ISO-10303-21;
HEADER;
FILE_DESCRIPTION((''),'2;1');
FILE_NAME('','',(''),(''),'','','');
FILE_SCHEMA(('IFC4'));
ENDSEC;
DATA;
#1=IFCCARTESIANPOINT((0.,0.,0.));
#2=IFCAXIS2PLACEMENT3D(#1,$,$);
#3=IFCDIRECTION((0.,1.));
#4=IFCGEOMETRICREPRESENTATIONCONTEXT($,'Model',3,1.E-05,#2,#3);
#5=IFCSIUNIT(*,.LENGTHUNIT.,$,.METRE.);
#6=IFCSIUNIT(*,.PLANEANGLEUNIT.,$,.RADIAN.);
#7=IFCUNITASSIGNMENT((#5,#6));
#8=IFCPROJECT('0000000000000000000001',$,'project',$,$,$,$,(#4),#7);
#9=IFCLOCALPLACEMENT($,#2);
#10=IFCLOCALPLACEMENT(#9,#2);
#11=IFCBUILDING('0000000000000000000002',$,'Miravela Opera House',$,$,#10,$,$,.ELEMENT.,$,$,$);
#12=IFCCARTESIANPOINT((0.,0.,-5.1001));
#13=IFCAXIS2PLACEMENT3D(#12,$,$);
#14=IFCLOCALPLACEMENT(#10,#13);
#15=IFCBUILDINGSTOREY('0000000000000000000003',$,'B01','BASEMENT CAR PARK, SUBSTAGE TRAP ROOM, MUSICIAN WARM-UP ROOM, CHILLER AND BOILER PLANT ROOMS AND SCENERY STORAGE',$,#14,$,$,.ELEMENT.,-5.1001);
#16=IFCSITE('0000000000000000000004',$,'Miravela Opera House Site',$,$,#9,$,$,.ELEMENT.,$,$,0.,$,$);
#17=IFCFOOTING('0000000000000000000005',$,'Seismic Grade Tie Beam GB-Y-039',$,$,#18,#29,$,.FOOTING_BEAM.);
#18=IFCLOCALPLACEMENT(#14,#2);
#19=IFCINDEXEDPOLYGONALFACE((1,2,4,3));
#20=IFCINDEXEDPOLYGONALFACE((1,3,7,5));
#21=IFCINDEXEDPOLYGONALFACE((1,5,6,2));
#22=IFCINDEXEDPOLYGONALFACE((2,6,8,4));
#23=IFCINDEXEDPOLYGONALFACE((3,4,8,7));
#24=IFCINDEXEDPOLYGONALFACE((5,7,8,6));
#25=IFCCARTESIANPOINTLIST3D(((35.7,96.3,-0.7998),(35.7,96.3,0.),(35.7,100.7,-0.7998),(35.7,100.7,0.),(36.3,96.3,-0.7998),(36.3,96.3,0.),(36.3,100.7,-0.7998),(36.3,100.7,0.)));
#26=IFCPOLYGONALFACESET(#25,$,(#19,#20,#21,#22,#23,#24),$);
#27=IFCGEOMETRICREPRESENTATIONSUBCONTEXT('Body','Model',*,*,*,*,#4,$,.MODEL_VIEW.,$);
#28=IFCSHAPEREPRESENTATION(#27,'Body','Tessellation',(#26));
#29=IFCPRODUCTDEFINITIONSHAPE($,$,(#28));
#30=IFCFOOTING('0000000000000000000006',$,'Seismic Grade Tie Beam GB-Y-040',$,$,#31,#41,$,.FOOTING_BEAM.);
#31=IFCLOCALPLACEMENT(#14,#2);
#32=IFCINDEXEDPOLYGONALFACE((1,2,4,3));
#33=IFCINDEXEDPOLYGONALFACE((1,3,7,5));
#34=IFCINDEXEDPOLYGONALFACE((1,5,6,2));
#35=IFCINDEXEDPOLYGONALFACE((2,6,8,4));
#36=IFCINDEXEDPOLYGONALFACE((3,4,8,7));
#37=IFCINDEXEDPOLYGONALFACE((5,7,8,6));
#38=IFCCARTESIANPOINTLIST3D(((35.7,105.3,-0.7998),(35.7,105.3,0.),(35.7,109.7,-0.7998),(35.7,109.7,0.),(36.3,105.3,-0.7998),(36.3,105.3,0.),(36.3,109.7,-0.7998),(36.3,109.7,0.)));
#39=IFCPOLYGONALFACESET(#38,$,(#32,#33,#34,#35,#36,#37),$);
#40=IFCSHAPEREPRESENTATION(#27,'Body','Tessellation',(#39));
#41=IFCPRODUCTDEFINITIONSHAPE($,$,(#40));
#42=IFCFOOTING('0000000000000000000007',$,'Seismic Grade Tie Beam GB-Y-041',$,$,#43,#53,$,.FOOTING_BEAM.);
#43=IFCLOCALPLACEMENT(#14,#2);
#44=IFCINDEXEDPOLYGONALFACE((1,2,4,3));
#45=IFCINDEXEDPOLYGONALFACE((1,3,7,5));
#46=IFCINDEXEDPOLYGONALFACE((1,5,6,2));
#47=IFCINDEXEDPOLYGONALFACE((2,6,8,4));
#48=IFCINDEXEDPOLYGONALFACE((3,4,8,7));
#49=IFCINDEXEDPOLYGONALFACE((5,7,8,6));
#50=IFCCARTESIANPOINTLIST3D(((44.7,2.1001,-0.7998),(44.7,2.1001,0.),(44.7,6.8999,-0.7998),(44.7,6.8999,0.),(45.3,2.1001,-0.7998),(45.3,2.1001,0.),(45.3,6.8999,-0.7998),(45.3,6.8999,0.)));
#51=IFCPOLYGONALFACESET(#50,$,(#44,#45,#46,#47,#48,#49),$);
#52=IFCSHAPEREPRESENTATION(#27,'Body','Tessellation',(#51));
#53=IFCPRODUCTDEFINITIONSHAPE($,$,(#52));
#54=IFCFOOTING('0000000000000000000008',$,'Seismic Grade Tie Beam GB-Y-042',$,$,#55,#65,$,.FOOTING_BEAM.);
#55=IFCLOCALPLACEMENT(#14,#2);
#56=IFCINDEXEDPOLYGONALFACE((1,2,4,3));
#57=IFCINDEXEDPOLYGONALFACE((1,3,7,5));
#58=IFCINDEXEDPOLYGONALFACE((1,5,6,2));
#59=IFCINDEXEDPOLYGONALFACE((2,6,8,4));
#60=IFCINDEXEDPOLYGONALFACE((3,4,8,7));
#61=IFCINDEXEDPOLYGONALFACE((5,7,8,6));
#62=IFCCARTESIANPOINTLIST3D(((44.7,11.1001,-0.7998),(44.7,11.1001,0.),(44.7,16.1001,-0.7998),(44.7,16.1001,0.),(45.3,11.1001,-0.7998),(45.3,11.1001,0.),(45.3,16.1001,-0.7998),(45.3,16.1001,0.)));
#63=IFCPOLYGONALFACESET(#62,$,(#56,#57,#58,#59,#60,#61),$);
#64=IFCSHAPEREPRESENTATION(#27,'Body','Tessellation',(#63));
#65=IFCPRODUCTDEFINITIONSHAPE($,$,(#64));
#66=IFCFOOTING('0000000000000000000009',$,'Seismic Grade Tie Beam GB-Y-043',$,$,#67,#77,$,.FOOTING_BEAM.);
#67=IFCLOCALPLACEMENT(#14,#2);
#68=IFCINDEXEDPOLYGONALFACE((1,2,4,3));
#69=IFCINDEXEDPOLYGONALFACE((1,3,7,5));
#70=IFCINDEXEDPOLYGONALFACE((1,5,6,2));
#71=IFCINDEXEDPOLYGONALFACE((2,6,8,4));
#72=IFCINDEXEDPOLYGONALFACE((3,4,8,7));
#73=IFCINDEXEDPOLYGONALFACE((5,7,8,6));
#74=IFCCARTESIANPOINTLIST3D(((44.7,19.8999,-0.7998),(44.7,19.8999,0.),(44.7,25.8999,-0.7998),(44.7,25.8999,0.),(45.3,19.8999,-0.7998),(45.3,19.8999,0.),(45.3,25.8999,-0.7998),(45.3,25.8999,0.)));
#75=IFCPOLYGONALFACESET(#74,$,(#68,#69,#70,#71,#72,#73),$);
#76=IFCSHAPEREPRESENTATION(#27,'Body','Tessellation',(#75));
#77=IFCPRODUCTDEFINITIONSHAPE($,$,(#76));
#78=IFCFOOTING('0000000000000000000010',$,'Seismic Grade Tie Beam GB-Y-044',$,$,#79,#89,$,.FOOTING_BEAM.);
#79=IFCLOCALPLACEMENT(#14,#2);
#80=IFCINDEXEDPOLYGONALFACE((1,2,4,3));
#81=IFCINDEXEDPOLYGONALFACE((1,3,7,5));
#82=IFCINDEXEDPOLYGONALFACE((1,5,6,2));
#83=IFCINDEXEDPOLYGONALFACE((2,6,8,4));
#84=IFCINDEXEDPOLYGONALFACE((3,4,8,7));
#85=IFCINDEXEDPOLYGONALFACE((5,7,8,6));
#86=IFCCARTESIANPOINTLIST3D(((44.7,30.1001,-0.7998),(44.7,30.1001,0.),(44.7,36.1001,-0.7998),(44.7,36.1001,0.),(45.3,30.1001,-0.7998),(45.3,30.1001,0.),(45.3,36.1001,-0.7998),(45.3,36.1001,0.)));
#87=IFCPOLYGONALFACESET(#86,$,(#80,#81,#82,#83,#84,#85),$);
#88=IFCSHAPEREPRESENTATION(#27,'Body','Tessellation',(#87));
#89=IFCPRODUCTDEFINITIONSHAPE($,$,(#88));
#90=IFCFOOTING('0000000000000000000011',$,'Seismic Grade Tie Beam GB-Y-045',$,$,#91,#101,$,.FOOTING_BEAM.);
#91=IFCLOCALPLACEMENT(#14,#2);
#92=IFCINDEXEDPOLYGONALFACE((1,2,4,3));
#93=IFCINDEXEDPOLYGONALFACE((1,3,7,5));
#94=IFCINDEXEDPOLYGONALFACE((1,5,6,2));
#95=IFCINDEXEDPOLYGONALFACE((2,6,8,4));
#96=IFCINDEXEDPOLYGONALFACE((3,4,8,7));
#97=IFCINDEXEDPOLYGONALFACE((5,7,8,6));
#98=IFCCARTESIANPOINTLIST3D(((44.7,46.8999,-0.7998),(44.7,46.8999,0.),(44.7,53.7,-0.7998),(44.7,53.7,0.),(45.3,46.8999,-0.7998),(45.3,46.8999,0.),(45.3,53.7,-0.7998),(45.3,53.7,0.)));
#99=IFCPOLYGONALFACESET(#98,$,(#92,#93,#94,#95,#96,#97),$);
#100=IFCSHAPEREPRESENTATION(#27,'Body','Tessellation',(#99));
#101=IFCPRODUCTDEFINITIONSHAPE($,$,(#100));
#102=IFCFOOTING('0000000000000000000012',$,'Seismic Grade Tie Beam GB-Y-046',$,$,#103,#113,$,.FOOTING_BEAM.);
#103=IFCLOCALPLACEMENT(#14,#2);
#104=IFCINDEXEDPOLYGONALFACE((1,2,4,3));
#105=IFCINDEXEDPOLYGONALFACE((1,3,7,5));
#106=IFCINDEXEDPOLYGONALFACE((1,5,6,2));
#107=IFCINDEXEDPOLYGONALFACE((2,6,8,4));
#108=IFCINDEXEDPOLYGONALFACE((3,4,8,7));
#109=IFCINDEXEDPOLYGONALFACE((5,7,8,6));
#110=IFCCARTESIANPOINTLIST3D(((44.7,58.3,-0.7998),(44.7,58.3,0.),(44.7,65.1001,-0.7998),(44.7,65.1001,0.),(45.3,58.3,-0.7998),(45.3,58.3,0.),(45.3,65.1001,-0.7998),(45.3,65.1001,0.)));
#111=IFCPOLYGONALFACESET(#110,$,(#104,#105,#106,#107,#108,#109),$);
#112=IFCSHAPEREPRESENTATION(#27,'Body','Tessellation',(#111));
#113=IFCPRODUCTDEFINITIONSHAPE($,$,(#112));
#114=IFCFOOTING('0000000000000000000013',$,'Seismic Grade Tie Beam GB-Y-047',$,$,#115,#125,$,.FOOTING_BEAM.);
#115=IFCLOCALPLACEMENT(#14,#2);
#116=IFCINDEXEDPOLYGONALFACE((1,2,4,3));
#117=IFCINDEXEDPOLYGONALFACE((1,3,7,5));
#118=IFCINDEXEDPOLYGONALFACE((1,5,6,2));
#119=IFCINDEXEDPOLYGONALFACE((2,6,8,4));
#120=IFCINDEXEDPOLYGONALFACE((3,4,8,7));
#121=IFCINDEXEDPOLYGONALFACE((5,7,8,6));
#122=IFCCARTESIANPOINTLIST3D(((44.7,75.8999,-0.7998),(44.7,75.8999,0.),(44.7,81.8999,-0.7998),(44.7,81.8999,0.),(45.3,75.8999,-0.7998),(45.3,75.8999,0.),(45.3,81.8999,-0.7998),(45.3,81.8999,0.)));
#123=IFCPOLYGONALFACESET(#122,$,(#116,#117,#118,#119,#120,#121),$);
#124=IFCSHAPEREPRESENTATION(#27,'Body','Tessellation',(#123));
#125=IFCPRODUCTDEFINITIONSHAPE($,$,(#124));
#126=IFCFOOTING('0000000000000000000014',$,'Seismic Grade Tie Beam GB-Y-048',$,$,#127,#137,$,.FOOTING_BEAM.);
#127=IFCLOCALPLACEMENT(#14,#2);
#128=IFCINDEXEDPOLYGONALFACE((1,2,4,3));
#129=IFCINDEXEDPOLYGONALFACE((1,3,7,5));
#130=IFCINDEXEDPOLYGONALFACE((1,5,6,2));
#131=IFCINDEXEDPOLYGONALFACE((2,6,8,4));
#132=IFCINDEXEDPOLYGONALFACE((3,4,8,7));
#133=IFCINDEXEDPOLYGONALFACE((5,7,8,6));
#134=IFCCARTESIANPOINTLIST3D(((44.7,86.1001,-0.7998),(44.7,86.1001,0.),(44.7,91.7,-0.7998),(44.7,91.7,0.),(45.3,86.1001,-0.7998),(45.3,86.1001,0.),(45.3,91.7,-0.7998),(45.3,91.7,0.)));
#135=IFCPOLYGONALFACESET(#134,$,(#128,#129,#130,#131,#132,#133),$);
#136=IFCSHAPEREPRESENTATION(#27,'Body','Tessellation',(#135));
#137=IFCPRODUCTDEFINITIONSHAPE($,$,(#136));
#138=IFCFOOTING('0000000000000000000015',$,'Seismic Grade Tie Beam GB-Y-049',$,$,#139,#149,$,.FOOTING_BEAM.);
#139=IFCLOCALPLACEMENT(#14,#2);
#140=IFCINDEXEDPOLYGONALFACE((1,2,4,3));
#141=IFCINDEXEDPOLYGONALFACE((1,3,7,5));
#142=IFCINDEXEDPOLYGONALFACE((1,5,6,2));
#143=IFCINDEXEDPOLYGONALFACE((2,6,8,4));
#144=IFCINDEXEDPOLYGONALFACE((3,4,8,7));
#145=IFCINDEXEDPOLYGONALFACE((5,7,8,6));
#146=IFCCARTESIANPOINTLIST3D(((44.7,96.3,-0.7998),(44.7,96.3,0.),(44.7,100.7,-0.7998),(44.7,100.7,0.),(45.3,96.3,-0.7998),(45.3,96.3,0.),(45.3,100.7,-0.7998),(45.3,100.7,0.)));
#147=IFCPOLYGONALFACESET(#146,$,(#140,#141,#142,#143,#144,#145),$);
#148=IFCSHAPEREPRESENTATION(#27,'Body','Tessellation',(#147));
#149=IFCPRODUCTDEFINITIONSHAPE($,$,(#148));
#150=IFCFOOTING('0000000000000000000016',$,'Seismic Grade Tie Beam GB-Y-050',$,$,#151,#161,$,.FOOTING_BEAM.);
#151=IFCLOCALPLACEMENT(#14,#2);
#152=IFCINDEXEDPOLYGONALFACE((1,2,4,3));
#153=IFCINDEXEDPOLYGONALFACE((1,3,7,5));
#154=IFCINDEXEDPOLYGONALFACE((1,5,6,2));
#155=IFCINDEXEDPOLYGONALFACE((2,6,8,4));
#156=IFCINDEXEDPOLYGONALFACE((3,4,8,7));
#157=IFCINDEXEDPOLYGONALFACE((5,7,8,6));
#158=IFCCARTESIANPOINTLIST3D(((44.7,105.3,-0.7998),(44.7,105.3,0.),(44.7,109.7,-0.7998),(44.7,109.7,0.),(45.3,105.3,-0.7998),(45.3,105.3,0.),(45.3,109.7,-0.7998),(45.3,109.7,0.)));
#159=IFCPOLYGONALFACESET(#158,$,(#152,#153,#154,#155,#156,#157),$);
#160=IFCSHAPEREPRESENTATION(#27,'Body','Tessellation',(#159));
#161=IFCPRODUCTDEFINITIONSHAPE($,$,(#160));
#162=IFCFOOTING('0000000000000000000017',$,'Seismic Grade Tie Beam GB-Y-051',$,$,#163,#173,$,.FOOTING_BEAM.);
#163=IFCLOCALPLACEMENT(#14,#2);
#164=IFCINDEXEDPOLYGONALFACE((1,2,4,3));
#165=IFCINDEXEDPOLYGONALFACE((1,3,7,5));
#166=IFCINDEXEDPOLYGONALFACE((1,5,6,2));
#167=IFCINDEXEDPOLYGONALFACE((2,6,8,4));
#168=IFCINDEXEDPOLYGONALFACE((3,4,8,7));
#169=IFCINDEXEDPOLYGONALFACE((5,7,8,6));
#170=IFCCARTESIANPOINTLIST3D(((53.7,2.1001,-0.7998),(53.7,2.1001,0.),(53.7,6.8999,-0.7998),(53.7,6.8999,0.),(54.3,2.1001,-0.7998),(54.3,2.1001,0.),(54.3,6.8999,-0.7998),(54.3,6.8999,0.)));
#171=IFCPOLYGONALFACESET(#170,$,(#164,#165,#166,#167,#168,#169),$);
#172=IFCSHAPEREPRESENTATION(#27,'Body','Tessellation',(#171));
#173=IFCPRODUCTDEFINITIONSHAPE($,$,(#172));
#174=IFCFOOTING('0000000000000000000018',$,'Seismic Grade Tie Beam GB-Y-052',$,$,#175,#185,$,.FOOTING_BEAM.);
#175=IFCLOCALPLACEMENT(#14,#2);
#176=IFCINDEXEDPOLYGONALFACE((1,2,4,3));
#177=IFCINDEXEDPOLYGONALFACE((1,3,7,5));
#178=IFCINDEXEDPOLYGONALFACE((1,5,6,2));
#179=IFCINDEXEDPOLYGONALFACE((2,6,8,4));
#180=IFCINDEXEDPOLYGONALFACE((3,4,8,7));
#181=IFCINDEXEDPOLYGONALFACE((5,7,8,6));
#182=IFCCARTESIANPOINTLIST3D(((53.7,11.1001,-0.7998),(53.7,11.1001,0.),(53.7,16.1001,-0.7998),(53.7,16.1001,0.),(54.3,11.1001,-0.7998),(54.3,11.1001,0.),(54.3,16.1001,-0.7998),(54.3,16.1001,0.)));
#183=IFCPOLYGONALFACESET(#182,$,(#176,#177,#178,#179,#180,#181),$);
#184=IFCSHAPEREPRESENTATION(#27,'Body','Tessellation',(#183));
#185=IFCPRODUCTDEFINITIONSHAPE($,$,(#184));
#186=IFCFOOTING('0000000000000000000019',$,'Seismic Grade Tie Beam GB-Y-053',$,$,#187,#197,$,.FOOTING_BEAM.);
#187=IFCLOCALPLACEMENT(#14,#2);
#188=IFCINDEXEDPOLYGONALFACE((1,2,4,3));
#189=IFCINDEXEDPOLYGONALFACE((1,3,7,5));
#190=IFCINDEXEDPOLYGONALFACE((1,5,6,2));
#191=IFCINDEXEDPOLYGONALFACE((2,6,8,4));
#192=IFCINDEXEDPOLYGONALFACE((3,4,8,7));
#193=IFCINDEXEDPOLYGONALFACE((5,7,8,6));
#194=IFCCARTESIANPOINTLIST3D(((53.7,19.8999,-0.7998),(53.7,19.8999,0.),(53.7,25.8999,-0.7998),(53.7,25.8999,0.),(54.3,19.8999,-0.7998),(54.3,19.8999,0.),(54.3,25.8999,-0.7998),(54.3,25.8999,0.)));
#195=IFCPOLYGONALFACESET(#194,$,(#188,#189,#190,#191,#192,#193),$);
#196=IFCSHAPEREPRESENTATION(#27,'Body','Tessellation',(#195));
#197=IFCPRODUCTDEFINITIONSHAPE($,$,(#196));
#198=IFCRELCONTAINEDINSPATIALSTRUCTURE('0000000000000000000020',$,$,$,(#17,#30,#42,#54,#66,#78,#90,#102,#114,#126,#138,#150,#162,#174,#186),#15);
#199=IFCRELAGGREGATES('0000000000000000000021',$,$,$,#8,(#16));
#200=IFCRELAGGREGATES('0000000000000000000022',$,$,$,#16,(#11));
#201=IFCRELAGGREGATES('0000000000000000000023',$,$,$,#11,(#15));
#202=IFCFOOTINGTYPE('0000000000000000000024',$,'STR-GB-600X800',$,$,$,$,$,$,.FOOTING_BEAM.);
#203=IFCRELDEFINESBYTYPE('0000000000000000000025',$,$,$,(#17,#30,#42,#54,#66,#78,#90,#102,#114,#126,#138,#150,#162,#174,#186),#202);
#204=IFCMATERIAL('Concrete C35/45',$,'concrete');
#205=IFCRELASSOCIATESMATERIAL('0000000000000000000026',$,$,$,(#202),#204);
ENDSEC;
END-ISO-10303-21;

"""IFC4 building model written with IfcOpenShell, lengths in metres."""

from ifc_helpers import new_model, si_unit, direction, frame, origin, place, context, subcontext, project, spatial, polyline, outline, extrude, material, type_object, element, save


model = new_model("IFC4")

# Units and contexts
model_context = context("Model", 3, precision=1e-05, world=origin(), true_north=direction((0.0, 1.0)))
body_context = subcontext(model_context, "Body", "Model", "MODEL_VIEW")
ifc_project = project(units=[si_unit("LENGTHUNIT", "METRE"), si_unit("PLANEANGLEUNIT", "RADIAN")], contexts=[model_context])

# Site, building, storey
site_placement = place(None, origin())
site = spatial("IfcSite", under=ifc_project, at=site_placement, Name="Miravela Opera House Site", CompositionType="ELEMENT", RefElevation=0.0)
building_placement = place(site_placement, origin())
building = spatial("IfcBuilding", under=site, at=building_placement, Name="Miravela Opera House", CompositionType="ELEMENT")
storey_placement = place(building_placement, frame((0.0, 0.0, -5.1001)))
storey = spatial("IfcBuildingStorey", under=building, at=storey_placement, Name="B01", Description="BASEMENT CAR PARK, SUBSTAGE TRAP ROOM, MUSICIAN WARM-UP ROOM, CHILLER AND BOILER PLANT ROOMS AND SCENERY STORAGE", CompositionType="ELEMENT", Elevation=-5.1001)

# Footings
ifc_material = material(Name="Concrete C35/45", Category="concrete")
footing_type = type_object("IfcFootingType", Name="STR-GB-600X800", PredefinedType="FOOTING_BEAM", material=ifc_material)
footing_1_placement = place(storey_placement, frame((0.0, 0.0, -0.7998)))
element("IfcFooting", 1, at=footing_1_placement, inside=storey, type_object=footing_type, Name="Seismic Grade Tie Beam GB-Y-039", PredefinedType="FOOTING_BEAM", context=body_context, shape_type="SweptSolid", body=[
    extrude(outline(polyline([(35.7, 96.3), (36.3, 96.3), (36.3, 100.7), (35.7, 100.7), (35.7, 96.3)])), origin(), (0.0, 0.0, 1.0), 0.7998),
])
footing_2_placement = place(storey_placement, frame((0.0, 0.0, -0.7998)))
element("IfcFooting", 2, at=footing_2_placement, inside=storey, type_object=footing_type, Name="Seismic Grade Tie Beam GB-Y-040", PredefinedType="FOOTING_BEAM", context=body_context, shape_type="SweptSolid", body=[
    extrude(outline(polyline([(35.7, 105.3), (36.3, 105.3), (36.3, 109.7), (35.7, 109.7), (35.7, 105.3)])), origin(), (0.0, 0.0, 1.0), 0.7998),
])
footing_3_placement = place(storey_placement, frame((0.0, 0.0, -0.7998)))
element("IfcFooting", 3, at=footing_3_placement, inside=storey, type_object=footing_type, Name="Seismic Grade Tie Beam GB-Y-041", PredefinedType="FOOTING_BEAM", context=body_context, shape_type="SweptSolid", body=[
    extrude(outline(polyline([(44.7, 2.1001), (45.3, 2.1001), (45.3, 6.8999), (44.7, 6.8999), (44.7, 2.1001)])), origin(), (0.0, 0.0, 1.0), 0.7998),
])
footing_4_placement = place(storey_placement, frame((0.0, 0.0, -0.7998)))
element("IfcFooting", 4, at=footing_4_placement, inside=storey, type_object=footing_type, Name="Seismic Grade Tie Beam GB-Y-042", PredefinedType="FOOTING_BEAM", context=body_context, shape_type="SweptSolid", body=[
    extrude(outline(polyline([(44.7, 11.1001), (45.3, 11.1001), (45.3, 16.1001), (44.7, 16.1001), (44.7, 11.1001)])), origin(), (0.0, 0.0, 1.0), 0.7998),
])
footing_5_placement = place(storey_placement, frame((0.0, 0.0, -0.7998)))
element("IfcFooting", 5, at=footing_5_placement, inside=storey, type_object=footing_type, Name="Seismic Grade Tie Beam GB-Y-043", PredefinedType="FOOTING_BEAM", context=body_context, shape_type="SweptSolid", body=[
    extrude(outline(polyline([(44.7, 19.8999), (45.3, 19.8999), (45.3, 25.8999), (44.7, 25.8999), (44.7, 19.8999)])), origin(), (0.0, 0.0, 1.0), 0.7998),
])
footing_6_placement = place(storey_placement, frame((0.0, 0.0, -0.7998)))
element("IfcFooting", 6, at=footing_6_placement, inside=storey, type_object=footing_type, Name="Seismic Grade Tie Beam GB-Y-044", PredefinedType="FOOTING_BEAM", context=body_context, shape_type="SweptSolid", body=[
    extrude(outline(polyline([(44.7, 30.1001), (45.3, 30.1001), (45.3, 36.1001), (44.7, 36.1001), (44.7, 30.1001)])), origin(), (0.0, 0.0, 1.0), 0.7998),
])
footing_7_placement = place(storey_placement, frame((0.0, 0.0, -0.7998)))
element("IfcFooting", 7, at=footing_7_placement, inside=storey, type_object=footing_type, Name="Seismic Grade Tie Beam GB-Y-045", PredefinedType="FOOTING_BEAM", context=body_context, shape_type="SweptSolid", body=[
    extrude(outline(polyline([(44.7, 46.8999), (45.3, 46.8999), (45.3, 53.7), (44.7, 53.7), (44.7, 46.8999)])), origin(), (0.0, 0.0, 1.0), 0.7998),
])
footing_8_placement = place(storey_placement, frame((0.0, 0.0, -0.7998)))
element("IfcFooting", 8, at=footing_8_placement, inside=storey, type_object=footing_type, Name="Seismic Grade Tie Beam GB-Y-046", PredefinedType="FOOTING_BEAM", context=body_context, shape_type="SweptSolid", body=[
    extrude(outline(polyline([(44.7, 58.3), (45.3, 58.3), (45.3, 65.1001), (44.7, 65.1001), (44.7, 58.3)])), origin(), (0.0, 0.0, 1.0), 0.7998),
])
footing_9_placement = place(storey_placement, frame((0.0, 0.0, -0.7998)))
element("IfcFooting", 9, at=footing_9_placement, inside=storey, type_object=footing_type, Name="Seismic Grade Tie Beam GB-Y-047", PredefinedType="FOOTING_BEAM", context=body_context, shape_type="SweptSolid", body=[
    extrude(outline(polyline([(44.7, 75.8999), (45.3, 75.8999), (45.3, 81.8999), (44.7, 81.8999), (44.7, 75.8999)])), origin(), (0.0, 0.0, 1.0), 0.7998),
])
footing_10_placement = place(storey_placement, frame((0.0, 0.0, -0.7998)))
element("IfcFooting", 10, at=footing_10_placement, inside=storey, type_object=footing_type, Name="Seismic Grade Tie Beam GB-Y-048", PredefinedType="FOOTING_BEAM", context=body_context, shape_type="SweptSolid", body=[
    extrude(outline(polyline([(44.7, 86.1001), (45.3, 86.1001), (45.3, 91.7), (44.7, 91.7), (44.7, 86.1001)])), origin(), (0.0, 0.0, 1.0), 0.7998),
])
footing_11_placement = place(storey_placement, frame((0.0, 0.0, -0.7998)))
element("IfcFooting", 11, at=footing_11_placement, inside=storey, type_object=footing_type, Name="Seismic Grade Tie Beam GB-Y-049", PredefinedType="FOOTING_BEAM", context=body_context, shape_type="SweptSolid", body=[
    extrude(outline(polyline([(44.7, 96.3), (45.3, 96.3), (45.3, 100.7), (44.7, 100.7), (44.7, 96.3)])), origin(), (0.0, 0.0, 1.0), 0.7998),
])
footing_12_placement = place(storey_placement, frame((0.0, 0.0, -0.7998)))
element("IfcFooting", 12, at=footing_12_placement, inside=storey, type_object=footing_type, Name="Seismic Grade Tie Beam GB-Y-050", PredefinedType="FOOTING_BEAM", context=body_context, shape_type="SweptSolid", body=[
    extrude(outline(polyline([(44.7, 105.3), (45.3, 105.3), (45.3, 109.7), (44.7, 109.7), (44.7, 105.3)])), origin(), (0.0, 0.0, 1.0), 0.7998),
])
footing_13_placement = place(storey_placement, frame((0.0, 0.0, -0.7998)))
element("IfcFooting", 13, at=footing_13_placement, inside=storey, type_object=footing_type, Name="Seismic Grade Tie Beam GB-Y-051", PredefinedType="FOOTING_BEAM", context=body_context, shape_type="SweptSolid", body=[
    extrude(outline(polyline([(53.7, 2.1001), (54.3, 2.1001), (54.3, 6.8999), (53.7, 6.8999), (53.7, 2.1001)])), origin(), (0.0, 0.0, 1.0), 0.7998),
])
footing_14_placement = place(storey_placement, frame((0.0, 0.0, -0.7998)))
element("IfcFooting", 14, at=footing_14_placement, inside=storey, type_object=footing_type, Name="Seismic Grade Tie Beam GB-Y-052", PredefinedType="FOOTING_BEAM", context=body_context, shape_type="SweptSolid", body=[
    extrude(outline(polyline([(53.7, 11.1001), (54.3, 11.1001), (54.3, 16.1001), (53.7, 16.1001), (53.7, 11.1001)])), origin(), (0.0, 0.0, 1.0), 0.7998),
])
footing_15_placement = place(storey_placement, frame((0.0, 0.0, -0.7998)))
element("IfcFooting", 15, at=footing_15_placement, inside=storey, type_object=footing_type, Name="Seismic Grade Tie Beam GB-Y-053", PredefinedType="FOOTING_BEAM", context=body_context, shape_type="SweptSolid", body=[
    extrude(outline(polyline([(53.7, 19.8999), (54.3, 19.8999), (54.3, 25.8999), (53.7, 25.8999), (53.7, 19.8999)])), origin(), (0.0, 0.0, 1.0), 0.7998),
])

save(model, "model.ifc")
